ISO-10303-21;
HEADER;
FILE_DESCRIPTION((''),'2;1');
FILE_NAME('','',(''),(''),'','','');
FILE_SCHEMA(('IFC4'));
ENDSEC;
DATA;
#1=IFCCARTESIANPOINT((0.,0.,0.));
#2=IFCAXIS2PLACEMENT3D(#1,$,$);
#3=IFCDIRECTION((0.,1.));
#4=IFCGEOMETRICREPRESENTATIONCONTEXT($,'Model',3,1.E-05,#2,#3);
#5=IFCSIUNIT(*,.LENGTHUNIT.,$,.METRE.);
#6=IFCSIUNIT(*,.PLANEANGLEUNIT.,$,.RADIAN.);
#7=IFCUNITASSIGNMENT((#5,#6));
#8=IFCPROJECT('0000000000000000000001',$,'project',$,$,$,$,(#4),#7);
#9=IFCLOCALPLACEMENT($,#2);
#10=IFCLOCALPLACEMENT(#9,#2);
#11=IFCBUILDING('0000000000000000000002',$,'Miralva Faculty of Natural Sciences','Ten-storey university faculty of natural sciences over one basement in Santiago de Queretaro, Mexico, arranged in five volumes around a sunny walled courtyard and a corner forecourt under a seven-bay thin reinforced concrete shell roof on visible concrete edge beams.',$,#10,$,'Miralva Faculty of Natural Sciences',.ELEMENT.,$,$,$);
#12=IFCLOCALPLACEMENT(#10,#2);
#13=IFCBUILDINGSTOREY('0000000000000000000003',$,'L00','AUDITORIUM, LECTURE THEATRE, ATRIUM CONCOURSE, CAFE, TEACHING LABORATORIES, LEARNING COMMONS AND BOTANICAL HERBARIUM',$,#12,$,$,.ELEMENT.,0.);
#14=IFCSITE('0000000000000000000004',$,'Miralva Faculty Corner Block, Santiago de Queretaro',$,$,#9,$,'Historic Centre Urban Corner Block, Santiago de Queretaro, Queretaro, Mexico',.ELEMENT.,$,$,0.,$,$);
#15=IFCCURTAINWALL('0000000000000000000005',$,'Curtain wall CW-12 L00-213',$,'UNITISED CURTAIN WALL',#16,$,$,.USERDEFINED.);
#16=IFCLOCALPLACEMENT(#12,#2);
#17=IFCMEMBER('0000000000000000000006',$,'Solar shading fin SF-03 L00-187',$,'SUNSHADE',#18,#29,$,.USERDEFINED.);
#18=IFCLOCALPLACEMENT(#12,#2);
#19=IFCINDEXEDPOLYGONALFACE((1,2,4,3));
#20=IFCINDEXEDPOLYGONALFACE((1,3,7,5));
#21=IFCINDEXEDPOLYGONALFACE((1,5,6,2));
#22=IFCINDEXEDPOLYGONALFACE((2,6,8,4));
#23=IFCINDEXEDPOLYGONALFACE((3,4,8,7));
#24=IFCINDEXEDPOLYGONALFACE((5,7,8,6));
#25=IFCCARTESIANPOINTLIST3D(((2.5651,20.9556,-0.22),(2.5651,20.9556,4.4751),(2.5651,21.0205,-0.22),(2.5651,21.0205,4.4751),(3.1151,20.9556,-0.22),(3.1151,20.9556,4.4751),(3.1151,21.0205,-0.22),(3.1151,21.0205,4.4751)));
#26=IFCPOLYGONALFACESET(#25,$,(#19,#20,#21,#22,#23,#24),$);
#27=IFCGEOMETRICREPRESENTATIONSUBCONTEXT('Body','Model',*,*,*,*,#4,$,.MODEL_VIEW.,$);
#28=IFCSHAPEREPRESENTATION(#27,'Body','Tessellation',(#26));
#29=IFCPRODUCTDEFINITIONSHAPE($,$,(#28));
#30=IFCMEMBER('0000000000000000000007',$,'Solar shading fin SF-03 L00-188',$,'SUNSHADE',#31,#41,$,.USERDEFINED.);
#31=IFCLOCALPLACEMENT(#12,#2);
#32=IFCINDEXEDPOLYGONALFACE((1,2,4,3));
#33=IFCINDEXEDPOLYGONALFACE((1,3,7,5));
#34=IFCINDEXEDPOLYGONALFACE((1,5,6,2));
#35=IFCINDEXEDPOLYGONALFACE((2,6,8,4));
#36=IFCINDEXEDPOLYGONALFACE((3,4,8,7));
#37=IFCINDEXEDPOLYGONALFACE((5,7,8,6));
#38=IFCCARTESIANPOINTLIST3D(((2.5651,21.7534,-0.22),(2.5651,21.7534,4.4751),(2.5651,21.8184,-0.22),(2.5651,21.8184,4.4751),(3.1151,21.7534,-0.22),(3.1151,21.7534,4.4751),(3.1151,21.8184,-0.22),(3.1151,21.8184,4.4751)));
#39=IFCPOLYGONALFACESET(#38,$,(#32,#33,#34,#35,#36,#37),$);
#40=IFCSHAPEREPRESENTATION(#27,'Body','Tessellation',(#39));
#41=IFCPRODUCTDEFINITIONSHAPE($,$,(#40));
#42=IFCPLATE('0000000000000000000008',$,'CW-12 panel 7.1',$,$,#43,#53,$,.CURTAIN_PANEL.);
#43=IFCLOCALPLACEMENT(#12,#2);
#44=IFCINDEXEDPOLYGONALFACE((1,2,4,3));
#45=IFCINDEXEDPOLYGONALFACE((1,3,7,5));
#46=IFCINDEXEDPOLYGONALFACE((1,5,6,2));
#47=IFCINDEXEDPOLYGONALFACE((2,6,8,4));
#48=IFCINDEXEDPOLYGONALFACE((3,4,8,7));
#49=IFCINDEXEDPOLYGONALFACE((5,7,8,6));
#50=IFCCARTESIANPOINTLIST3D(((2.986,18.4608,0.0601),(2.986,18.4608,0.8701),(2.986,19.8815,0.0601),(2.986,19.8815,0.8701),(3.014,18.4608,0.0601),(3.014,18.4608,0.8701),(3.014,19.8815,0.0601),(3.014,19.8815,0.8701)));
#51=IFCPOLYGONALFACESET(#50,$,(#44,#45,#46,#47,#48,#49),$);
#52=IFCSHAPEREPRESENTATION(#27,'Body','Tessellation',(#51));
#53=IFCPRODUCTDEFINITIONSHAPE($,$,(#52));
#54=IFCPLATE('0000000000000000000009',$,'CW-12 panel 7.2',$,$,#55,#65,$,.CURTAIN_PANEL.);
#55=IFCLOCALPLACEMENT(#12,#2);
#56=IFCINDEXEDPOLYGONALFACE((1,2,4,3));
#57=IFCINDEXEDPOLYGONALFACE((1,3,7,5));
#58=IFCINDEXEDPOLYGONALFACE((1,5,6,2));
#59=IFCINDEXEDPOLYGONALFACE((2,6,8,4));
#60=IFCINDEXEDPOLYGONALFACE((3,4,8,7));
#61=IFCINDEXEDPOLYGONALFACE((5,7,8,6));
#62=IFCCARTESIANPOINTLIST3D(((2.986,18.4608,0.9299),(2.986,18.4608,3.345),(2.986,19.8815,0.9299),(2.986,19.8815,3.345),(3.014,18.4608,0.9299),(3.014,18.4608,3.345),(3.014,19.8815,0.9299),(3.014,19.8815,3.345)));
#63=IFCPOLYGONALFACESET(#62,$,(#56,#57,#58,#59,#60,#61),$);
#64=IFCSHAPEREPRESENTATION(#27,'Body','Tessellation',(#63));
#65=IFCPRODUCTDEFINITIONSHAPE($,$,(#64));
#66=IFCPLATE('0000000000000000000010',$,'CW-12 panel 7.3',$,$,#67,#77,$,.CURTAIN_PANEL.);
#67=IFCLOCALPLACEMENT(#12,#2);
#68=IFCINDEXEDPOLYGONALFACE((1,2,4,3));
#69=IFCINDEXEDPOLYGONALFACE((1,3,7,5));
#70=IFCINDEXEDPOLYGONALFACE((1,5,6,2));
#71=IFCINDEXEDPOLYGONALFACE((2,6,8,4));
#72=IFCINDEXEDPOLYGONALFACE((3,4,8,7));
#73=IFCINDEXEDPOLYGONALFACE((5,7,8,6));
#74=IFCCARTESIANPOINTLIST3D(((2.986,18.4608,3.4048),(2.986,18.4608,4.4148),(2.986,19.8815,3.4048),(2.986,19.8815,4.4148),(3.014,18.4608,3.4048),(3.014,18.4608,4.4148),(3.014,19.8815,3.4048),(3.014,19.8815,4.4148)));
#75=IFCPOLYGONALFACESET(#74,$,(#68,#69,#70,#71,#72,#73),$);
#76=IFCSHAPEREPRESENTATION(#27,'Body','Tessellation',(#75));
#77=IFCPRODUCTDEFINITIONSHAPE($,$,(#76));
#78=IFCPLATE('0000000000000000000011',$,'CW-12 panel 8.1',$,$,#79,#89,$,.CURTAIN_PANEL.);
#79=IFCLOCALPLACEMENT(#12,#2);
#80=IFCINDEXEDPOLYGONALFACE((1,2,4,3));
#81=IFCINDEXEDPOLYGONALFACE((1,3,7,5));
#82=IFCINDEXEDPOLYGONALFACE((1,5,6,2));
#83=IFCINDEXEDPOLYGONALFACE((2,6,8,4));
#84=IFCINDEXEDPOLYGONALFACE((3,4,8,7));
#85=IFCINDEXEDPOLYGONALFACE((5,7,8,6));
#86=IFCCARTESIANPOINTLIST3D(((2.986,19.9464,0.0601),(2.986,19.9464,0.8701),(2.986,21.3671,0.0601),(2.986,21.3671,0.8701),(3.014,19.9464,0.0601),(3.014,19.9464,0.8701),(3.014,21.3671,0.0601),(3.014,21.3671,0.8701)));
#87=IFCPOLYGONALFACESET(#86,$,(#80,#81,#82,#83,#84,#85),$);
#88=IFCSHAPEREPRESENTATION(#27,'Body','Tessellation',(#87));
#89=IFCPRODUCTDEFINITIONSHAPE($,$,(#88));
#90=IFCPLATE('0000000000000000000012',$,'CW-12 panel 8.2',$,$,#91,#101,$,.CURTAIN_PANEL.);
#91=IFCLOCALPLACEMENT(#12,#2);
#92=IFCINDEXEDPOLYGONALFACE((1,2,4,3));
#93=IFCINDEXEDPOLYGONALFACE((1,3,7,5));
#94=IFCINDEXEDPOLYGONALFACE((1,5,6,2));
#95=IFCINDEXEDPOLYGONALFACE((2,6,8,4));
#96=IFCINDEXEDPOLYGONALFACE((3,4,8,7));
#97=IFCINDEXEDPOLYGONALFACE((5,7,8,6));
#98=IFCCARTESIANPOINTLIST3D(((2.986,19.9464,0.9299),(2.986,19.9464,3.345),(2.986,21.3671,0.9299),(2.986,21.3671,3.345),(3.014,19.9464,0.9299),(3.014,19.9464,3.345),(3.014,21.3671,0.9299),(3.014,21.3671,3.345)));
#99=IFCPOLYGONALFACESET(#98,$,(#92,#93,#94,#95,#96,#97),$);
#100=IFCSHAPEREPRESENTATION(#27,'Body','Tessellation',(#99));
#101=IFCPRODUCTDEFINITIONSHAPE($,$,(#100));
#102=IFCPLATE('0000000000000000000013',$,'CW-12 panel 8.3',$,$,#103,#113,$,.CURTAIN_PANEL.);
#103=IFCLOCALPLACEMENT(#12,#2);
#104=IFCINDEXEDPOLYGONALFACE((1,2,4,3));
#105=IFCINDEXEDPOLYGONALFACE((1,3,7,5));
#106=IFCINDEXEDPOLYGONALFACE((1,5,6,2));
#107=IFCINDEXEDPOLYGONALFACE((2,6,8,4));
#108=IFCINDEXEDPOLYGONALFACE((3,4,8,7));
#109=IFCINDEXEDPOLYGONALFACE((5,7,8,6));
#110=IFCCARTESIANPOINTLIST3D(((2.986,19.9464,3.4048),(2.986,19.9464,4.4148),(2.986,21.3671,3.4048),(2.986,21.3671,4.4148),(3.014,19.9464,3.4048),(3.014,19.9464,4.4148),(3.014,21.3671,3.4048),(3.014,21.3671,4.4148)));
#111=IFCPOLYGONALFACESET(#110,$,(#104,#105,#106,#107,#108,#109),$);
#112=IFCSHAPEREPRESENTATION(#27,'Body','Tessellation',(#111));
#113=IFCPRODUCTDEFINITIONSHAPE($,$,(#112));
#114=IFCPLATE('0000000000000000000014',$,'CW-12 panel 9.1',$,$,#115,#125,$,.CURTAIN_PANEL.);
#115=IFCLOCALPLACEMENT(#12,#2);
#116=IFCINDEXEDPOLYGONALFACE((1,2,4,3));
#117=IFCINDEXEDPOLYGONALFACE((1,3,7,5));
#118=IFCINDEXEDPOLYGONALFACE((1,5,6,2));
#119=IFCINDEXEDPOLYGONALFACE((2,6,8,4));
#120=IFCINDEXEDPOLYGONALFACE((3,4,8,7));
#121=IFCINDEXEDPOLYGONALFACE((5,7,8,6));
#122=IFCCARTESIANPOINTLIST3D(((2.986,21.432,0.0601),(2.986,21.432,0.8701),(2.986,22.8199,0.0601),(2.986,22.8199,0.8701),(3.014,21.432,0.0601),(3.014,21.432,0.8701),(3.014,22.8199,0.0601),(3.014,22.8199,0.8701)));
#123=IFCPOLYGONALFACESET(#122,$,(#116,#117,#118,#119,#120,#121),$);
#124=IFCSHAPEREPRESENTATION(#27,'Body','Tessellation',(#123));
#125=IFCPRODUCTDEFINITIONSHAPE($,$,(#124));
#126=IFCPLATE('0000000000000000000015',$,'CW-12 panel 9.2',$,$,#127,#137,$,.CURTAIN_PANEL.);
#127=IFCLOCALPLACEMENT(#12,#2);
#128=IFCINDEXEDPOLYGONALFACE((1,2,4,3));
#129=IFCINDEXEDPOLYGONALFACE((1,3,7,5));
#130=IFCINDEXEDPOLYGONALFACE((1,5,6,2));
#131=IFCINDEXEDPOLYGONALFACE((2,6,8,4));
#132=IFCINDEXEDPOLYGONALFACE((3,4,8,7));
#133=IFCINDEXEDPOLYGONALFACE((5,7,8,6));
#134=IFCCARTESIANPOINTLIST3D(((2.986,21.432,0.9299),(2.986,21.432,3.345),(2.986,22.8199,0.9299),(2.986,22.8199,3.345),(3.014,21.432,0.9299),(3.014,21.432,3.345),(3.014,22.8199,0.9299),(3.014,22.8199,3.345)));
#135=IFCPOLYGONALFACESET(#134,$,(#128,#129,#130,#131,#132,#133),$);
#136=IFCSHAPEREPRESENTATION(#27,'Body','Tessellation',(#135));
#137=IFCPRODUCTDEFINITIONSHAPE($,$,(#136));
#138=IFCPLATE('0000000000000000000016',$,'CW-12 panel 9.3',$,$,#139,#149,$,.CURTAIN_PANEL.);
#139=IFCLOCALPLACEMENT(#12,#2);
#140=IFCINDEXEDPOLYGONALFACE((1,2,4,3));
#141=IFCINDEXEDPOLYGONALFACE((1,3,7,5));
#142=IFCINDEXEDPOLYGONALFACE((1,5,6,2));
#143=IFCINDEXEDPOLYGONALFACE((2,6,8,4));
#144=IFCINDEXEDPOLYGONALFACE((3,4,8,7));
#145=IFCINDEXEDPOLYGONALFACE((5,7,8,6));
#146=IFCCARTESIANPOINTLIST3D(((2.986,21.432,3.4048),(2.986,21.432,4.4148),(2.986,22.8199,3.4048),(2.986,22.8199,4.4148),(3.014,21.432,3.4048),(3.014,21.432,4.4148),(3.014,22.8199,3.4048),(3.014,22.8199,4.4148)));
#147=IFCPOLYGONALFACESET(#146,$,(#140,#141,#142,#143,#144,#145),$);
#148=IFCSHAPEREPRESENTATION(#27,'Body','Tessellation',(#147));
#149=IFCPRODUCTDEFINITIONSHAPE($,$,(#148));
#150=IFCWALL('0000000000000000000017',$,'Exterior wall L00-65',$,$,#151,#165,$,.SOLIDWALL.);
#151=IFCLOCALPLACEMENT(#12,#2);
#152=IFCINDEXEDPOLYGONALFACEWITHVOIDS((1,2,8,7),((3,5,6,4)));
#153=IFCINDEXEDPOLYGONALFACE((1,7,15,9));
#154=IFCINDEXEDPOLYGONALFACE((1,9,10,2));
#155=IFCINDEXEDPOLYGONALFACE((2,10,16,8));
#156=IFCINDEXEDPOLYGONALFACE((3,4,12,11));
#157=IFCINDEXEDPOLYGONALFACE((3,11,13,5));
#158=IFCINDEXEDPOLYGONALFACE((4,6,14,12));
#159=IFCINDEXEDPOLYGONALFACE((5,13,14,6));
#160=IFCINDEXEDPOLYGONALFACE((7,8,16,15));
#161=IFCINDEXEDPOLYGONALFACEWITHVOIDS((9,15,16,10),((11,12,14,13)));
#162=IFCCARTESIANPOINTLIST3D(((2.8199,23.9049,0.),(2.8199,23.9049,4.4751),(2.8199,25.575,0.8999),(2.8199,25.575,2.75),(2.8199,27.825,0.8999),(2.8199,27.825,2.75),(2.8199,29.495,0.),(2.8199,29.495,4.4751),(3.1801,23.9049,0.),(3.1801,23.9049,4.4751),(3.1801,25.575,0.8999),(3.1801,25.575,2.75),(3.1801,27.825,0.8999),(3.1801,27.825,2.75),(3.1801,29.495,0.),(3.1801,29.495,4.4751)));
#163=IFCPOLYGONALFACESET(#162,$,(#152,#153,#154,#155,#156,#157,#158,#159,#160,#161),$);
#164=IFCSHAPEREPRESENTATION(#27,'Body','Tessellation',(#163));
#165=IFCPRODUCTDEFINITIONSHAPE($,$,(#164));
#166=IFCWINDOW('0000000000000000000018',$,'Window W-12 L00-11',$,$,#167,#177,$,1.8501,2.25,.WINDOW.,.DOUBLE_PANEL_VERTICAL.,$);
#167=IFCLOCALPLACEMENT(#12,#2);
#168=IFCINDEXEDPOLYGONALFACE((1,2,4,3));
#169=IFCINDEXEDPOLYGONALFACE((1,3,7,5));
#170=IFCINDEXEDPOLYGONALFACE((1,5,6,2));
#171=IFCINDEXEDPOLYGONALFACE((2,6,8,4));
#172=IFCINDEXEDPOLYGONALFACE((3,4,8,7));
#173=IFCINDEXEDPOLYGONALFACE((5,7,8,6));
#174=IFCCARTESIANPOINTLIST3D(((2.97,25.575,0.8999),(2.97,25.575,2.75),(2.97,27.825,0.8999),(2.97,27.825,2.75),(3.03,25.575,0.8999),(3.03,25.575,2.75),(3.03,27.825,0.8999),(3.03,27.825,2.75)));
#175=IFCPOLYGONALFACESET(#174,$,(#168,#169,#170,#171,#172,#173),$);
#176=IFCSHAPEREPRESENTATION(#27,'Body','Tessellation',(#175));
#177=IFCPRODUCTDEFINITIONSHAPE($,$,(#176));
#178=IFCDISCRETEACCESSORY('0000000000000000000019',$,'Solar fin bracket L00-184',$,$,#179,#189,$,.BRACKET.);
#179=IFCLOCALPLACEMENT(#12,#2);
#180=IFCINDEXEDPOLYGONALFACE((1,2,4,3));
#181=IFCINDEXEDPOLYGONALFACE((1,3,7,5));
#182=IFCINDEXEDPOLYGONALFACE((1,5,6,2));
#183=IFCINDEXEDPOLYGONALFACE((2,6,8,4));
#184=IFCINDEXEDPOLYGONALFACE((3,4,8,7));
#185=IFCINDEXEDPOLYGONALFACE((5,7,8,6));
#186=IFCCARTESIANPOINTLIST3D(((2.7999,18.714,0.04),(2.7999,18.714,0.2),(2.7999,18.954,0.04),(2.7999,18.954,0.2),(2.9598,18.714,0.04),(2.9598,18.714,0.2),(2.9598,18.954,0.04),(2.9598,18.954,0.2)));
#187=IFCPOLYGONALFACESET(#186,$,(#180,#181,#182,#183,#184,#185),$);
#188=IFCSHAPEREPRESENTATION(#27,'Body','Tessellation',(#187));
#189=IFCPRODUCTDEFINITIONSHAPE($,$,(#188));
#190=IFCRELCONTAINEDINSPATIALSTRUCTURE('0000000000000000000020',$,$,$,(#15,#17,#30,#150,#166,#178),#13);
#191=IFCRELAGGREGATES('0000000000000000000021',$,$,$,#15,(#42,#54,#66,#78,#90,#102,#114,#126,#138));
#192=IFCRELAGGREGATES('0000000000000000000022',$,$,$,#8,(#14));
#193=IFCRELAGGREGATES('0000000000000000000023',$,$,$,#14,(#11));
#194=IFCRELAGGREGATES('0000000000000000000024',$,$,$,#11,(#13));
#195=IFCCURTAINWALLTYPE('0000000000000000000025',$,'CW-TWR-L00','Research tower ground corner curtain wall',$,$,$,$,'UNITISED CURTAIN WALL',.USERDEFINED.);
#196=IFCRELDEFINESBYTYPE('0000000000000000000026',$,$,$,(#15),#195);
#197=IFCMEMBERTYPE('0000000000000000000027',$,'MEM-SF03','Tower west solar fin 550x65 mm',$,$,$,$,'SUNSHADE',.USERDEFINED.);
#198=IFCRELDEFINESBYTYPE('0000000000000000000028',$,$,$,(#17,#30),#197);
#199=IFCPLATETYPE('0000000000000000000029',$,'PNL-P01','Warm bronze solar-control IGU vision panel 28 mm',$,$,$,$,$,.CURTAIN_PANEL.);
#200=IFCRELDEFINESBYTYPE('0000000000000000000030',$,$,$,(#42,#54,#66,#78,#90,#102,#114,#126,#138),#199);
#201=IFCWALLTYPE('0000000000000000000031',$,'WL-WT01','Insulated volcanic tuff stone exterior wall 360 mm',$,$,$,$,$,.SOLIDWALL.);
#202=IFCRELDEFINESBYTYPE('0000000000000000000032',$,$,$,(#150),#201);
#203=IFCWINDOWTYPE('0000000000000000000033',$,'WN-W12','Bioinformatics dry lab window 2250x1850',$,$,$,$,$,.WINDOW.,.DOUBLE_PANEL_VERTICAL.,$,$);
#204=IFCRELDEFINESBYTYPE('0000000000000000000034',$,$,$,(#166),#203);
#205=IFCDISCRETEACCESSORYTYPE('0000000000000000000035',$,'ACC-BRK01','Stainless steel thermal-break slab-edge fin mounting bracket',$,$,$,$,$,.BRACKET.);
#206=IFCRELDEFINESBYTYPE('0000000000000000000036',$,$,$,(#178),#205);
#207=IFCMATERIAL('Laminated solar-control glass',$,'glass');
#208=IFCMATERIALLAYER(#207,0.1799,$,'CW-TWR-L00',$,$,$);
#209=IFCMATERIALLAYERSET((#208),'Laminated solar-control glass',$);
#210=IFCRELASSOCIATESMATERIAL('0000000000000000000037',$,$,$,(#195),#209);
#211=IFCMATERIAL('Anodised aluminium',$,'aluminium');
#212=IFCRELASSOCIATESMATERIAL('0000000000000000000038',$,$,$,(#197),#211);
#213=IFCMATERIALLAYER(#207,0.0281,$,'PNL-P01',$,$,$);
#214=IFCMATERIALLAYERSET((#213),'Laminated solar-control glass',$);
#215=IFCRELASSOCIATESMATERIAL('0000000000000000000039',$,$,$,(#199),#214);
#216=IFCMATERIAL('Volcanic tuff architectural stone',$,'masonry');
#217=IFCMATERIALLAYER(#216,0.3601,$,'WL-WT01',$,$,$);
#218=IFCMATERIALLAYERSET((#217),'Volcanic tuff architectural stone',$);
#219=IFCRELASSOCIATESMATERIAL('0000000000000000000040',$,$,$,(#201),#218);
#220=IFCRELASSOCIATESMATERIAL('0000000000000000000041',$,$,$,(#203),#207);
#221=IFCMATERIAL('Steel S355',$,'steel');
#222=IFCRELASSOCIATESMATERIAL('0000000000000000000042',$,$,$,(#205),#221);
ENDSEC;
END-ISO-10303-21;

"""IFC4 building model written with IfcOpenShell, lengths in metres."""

from ifc_helpers import new_model, si_unit, direction, frame, frame_2d, origin, origin_2d, place, context, subcontext, project, spatial, rectangle, extrude, material, layer, layer_set, material_profile, profile_set, type_object, element, fill, aggregate, save


model = new_model("IFC4")

# Units and contexts
model_context = context("Model", 3, precision=1e-05, world=origin(), true_north=direction((0.0, 1.0)))
body_context = subcontext(model_context, "Body", "Model", "MODEL_VIEW")
ifc_project = project(units=[si_unit("LENGTHUNIT", "METRE"), si_unit("PLANEANGLEUNIT", "RADIAN")], contexts=[model_context])

# Site, building, storey
site_placement = place(None, origin())
site = spatial("IfcSite", under=ifc_project, at=site_placement, Name="Miralva Faculty Corner Block, Santiago de Queretaro", LongName="Historic Centre Urban Corner Block, Santiago de Queretaro, Queretaro, Mexico", CompositionType="ELEMENT", RefElevation=0.0)
building_placement = place(site_placement, origin())
building = spatial("IfcBuilding", under=site, at=building_placement, Name="Miralva Faculty of Natural Sciences", Description="Ten-storey university faculty of natural sciences over one basement in Santiago de Queretaro, Mexico, arranged in five volumes around a sunny walled courtyard and a corner forecourt under a seven-bay thin reinforced concrete shell roof on visible concrete edge beams.", LongName="Miralva Faculty of Natural Sciences", CompositionType="ELEMENT")
storey_placement = place(building_placement, origin())
storey = spatial("IfcBuildingStorey", under=building, at=storey_placement, Name="L00", Description="AUDITORIUM, LECTURE THEATRE, ATRIUM CONCOURSE, CAFE, TEACHING LABORATORIES, LEARNING COMMONS AND BOTANICAL HERBARIUM", CompositionType="ELEMENT", Elevation=0.0)

# Curtain wall
ifc_material_1 = material(Name="Laminated solar-control glass", Category="glass")
ifc_layer_1 = layer(ifc_material_1, 0.1799, Name="CW-TWR-L00")
ifc_layer_set_1 = layer_set([ifc_layer_1], Name="Laminated solar-control glass")
curtain_wall_type = type_object("IfcCurtainWallType", Name="CW-TWR-L00", Description="Research tower ground corner curtain wall", ElementType="UNITISED CURTAIN WALL", PredefinedType="USERDEFINED", material=ifc_layer_set_1)
curtain_wall_placement = place(storey_placement, origin())
curtain_wall = element("IfcCurtainWall", 1, at=curtain_wall_placement, inside=storey, type_object=curtain_wall_type, Name="Curtain wall CW-12 L00-213", ObjectType="UNITISED CURTAIN WALL", PredefinedType="USERDEFINED")
ifc_material_2 = material(Name="Anodised aluminium", Category="aluminium")

# Members
ifc_material_profile_1 = material_profile(ifc_material_2, rectangle(XDim=0.0649, YDim=0.55, at=origin_2d()), Name="FIN 550x65")
ifc_profile_set_1 = profile_set([ifc_material_profile_1], Name="Anodised aluminium")
member_type_1 = type_object("IfcMemberType", Name="MEM-SF03", Description="Tower west solar fin 550x65 mm", ElementType="SUNSHADE", PredefinedType="USERDEFINED", material=ifc_profile_set_1)
for number, where, z_axis, x_axis, name in (
    (2, (2.8401, 20.988, -0.22), (0.0, 0.0, 1.0), (0.0, -1.0, 0.0), "Solar shading fin SF-03 L00-187"),
    (3, (2.8401, 21.7859, -0.22), (0.0, 0.0, 1.0), (0.0, -1.0, 0.0), "Solar shading fin SF-03 L00-188"),
):
    element("IfcMember", number, at=place(storey_placement, frame(where, z_axis=z_axis, x_axis=x_axis)), inside=storey, type_object=member_type_1, Name=name, ObjectType="SUNSHADE", PredefinedType="USERDEFINED", context=body_context, shape_type="SweptSolid", body=[
        extrude(rectangle(XDim=0.0649, YDim=0.55, at=origin_2d()), origin(), (0.0, 0.0, 1.0), 4.6951),
    ])

# Plates
ifc_layer_2 = layer(ifc_material_1, 0.0281, Name="PNL-P01")
ifc_layer_set_2 = layer_set([ifc_layer_2], Name="Laminated solar-control glass")
plate_type = type_object("IfcPlateType", Name="PNL-P01", Description="Warm bronze solar-control IGU vision panel 28 mm", PredefinedType="CURTAIN_PANEL", material=ifc_layer_set_2)
plate_1_placement = place(storey_placement, frame((3.0, 19.1711, 0.0601), z_axis=(0.0, 0.0, 1.0), x_axis=(0.0, 1.0, 0.0)))
plate_1 = element("IfcPlate", 4, at=plate_1_placement, type_object=plate_type, Name="CW-12 panel 7.1", PredefinedType="CURTAIN_PANEL", context=body_context, shape_type="SweptSolid", body=[
    extrude(rectangle(XDim=1.4207, YDim=0.0281, at=origin_2d()), origin(), (0.0, 0.0, 1.0), 0.8101),
])
plate_2_placement = place(storey_placement, frame((3.0, 19.1711, 0.9299), z_axis=(0.0, 0.0, 1.0), x_axis=(0.0, 1.0, 0.0)))
plate_2 = element("IfcPlate", 5, at=plate_2_placement, type_object=plate_type, Name="CW-12 panel 7.2", PredefinedType="CURTAIN_PANEL", context=body_context, shape_type="SweptSolid", body=[
    extrude(rectangle(XDim=1.4207, YDim=0.0281, at=origin_2d()), origin(), (0.0, 0.0, 1.0), 2.415),
])
plate_3_placement = place(storey_placement, frame((3.0, 19.1711, 3.4048), z_axis=(0.0, 0.0, 1.0), x_axis=(0.0, 1.0, 0.0)))
plate_3 = element("IfcPlate", 6, at=plate_3_placement, type_object=plate_type, Name="CW-12 panel 7.3", PredefinedType="CURTAIN_PANEL", context=body_context, shape_type="SweptSolid", body=[
    extrude(rectangle(XDim=1.4207, YDim=0.0281, at=origin_2d()), origin(), (0.0, 0.0, 1.0), 1.01),
])
plate_4_placement = place(storey_placement, frame((3.0, 20.6567, 0.0601), z_axis=(0.0, 0.0, 1.0), x_axis=(0.0, 1.0, 0.0)))
plate_4 = element("IfcPlate", 7, at=plate_4_placement, type_object=plate_type, Name="CW-12 panel 8.1", PredefinedType="CURTAIN_PANEL", context=body_context, shape_type="SweptSolid", body=[
    extrude(rectangle(XDim=1.4207, YDim=0.0281, at=origin_2d()), origin(), (0.0, 0.0, 1.0), 0.8101),
])
plate_5_placement = place(storey_placement, frame((3.0, 20.6567, 0.9299), z_axis=(0.0, 0.0, 1.0), x_axis=(0.0, 1.0, 0.0)))
plate_5 = element("IfcPlate", 8, at=plate_5_placement, type_object=plate_type, Name="CW-12 panel 8.2", PredefinedType="CURTAIN_PANEL", context=body_context, shape_type="SweptSolid", body=[
    extrude(rectangle(XDim=1.4207, YDim=0.0281, at=origin_2d()), origin(), (0.0, 0.0, 1.0), 2.415),
])
plate_6_placement = place(storey_placement, frame((3.0, 20.6567, 3.4048), z_axis=(0.0, 0.0, 1.0), x_axis=(0.0, 1.0, 0.0)))
plate_6 = element("IfcPlate", 9, at=plate_6_placement, type_object=plate_type, Name="CW-12 panel 8.3", PredefinedType="CURTAIN_PANEL", context=body_context, shape_type="SweptSolid", body=[
    extrude(rectangle(XDim=1.4207, YDim=0.0281, at=origin_2d()), origin(), (0.0, 0.0, 1.0), 1.01),
])
plate_7_placement = place(storey_placement, frame((3.0, 22.126, 0.0601), z_axis=(0.0, 0.0, 1.0), x_axis=(0.0, 1.0, 0.0)))
plate_7 = element("IfcPlate", 10, at=plate_7_placement, type_object=plate_type, Name="CW-12 panel 9.1", PredefinedType="CURTAIN_PANEL", context=body_context, shape_type="SweptSolid", body=[
    extrude(rectangle(XDim=1.3879, YDim=0.0281, at=origin_2d()), origin(), (0.0, 0.0, 1.0), 0.8101),
])
plate_8_placement = place(storey_placement, frame((3.0, 22.126, 0.9299), z_axis=(0.0, 0.0, 1.0), x_axis=(0.0, 1.0, 0.0)))
plate_8 = element("IfcPlate", 11, at=plate_8_placement, type_object=plate_type, Name="CW-12 panel 9.2", PredefinedType="CURTAIN_PANEL", context=body_context, shape_type="SweptSolid", body=[
    extrude(rectangle(XDim=1.3879, YDim=0.0281, at=origin_2d()), origin(), (0.0, 0.0, 1.0), 2.415),
])
plate_9_placement = place(storey_placement, frame((3.0, 22.126, 3.4048), z_axis=(0.0, 0.0, 1.0), x_axis=(0.0, 1.0, 0.0)))
plate_9 = element("IfcPlate", 12, at=plate_9_placement, type_object=plate_type, Name="CW-12 panel 9.3", PredefinedType="CURTAIN_PANEL", context=body_context, shape_type="SweptSolid", body=[
    extrude(rectangle(XDim=1.3879, YDim=0.0281, at=origin_2d()), origin(), (0.0, 0.0, 1.0), 1.01),
])
aggregate(curtain_wall, [plate_1, plate_2, plate_3, plate_4, plate_5, plate_6, plate_7, plate_8, plate_9])

# Wall, opening, window
ifc_material_3 = material(Name="Volcanic tuff architectural stone", Category="masonry")
ifc_layer_3 = layer(ifc_material_3, 0.3601, Name="WL-WT01")
ifc_layer_set_3 = layer_set([ifc_layer_3], Name="Volcanic tuff architectural stone")
wall_type = type_object("IfcWallType", Name="WL-WT01", Description="Insulated volcanic tuff stone exterior wall 360 mm", PredefinedType="SOLIDWALL", material=ifc_layer_set_3)
wall_placement = place(storey_placement, frame((3.0, 23.905, 0.0), z_axis=(0.0, 0.0, 1.0), x_axis=(0.0, 1.0, 0.0)))
wall = element("IfcWall", 13, at=wall_placement, inside=storey, type_object=wall_type, Name="Exterior wall L00-65", PredefinedType="SOLIDWALL", context=body_context, shape_type="SweptSolid", body=[
    extrude(rectangle(XDim=5.5901, YDim=0.3601, at=frame_2d((2.7949, 0.0))), origin(), (0.0, 0.0, 1.0), 4.4751),
])
opening_placement = place(wall_placement, frame((1.6699, 0.0, 0.8999)))
opening = element("IfcOpeningElement", 14, at=opening_placement, cuts=wall, PredefinedType="OPENING", context=body_context, shape_type="SweptSolid", body=[
    extrude(rectangle(XDim=2.25, YDim=1.8501, at=frame_2d((1.125, 0.925))), frame((0.0, 0.1899, 0.0), z_axis=(0.0, -1.0, 0.0), x_axis=(1.0, 0.0, 0.0)), (0.0, 0.0, 1.0), 0.3801),
])
window_type = type_object("IfcWindowType", Name="WN-W12", Description="Bioinformatics dry lab window 2250x1850", PartitioningType="DOUBLE_PANEL_VERTICAL", PredefinedType="WINDOW", material=ifc_material_1)
window_placement = place(opening_placement, origin())
window = element("IfcWindow", 15, at=window_placement, inside=storey, type_object=window_type, Name="Window W-12 L00-11", OverallHeight=1.8501, OverallWidth=2.25, PartitioningType="DOUBLE_PANEL_VERTICAL", PredefinedType="WINDOW", context=body_context, shape_type="SweptSolid", body=[
    extrude(rectangle(XDim=2.25, YDim=1.8501, at=frame_2d((1.125, 0.925))), frame((0.0, 0.03, 0.0), z_axis=(0.0, -1.0, 0.0), x_axis=(1.0, 0.0, 0.0)), (0.0, 0.0, 1.0), 0.0601),
])
fill(opening, window)

# Discrete accessory
ifc_material_4 = material(Name="Steel S355", Category="steel")
discrete_accessory_type = type_object("IfcDiscreteAccessoryType", Name="ACC-BRK01", Description="Stainless steel thermal-break slab-edge fin mounting bracket", PredefinedType="BRACKET", material=ifc_material_4)
for number, where, z_axis, x_axis, name in (
    (16, (2.8799, 18.834, 0.04), (0.0, 0.0, 1.0), (-1.0, 0.0, 0.0), "Solar fin bracket L00-184"),
):
    element("IfcDiscreteAccessory", number, at=place(storey_placement, frame(where, z_axis=z_axis, x_axis=x_axis)), inside=storey, type_object=discrete_accessory_type, Name=name, PredefinedType="BRACKET", context=body_context, shape_type="SweptSolid", body=[
        extrude(rectangle(XDim=0.1599, YDim=0.24, at=origin_2d()), origin(), (0.0, 0.0, 1.0), 0.1599),
    ])

save(model, "model.ifc")
